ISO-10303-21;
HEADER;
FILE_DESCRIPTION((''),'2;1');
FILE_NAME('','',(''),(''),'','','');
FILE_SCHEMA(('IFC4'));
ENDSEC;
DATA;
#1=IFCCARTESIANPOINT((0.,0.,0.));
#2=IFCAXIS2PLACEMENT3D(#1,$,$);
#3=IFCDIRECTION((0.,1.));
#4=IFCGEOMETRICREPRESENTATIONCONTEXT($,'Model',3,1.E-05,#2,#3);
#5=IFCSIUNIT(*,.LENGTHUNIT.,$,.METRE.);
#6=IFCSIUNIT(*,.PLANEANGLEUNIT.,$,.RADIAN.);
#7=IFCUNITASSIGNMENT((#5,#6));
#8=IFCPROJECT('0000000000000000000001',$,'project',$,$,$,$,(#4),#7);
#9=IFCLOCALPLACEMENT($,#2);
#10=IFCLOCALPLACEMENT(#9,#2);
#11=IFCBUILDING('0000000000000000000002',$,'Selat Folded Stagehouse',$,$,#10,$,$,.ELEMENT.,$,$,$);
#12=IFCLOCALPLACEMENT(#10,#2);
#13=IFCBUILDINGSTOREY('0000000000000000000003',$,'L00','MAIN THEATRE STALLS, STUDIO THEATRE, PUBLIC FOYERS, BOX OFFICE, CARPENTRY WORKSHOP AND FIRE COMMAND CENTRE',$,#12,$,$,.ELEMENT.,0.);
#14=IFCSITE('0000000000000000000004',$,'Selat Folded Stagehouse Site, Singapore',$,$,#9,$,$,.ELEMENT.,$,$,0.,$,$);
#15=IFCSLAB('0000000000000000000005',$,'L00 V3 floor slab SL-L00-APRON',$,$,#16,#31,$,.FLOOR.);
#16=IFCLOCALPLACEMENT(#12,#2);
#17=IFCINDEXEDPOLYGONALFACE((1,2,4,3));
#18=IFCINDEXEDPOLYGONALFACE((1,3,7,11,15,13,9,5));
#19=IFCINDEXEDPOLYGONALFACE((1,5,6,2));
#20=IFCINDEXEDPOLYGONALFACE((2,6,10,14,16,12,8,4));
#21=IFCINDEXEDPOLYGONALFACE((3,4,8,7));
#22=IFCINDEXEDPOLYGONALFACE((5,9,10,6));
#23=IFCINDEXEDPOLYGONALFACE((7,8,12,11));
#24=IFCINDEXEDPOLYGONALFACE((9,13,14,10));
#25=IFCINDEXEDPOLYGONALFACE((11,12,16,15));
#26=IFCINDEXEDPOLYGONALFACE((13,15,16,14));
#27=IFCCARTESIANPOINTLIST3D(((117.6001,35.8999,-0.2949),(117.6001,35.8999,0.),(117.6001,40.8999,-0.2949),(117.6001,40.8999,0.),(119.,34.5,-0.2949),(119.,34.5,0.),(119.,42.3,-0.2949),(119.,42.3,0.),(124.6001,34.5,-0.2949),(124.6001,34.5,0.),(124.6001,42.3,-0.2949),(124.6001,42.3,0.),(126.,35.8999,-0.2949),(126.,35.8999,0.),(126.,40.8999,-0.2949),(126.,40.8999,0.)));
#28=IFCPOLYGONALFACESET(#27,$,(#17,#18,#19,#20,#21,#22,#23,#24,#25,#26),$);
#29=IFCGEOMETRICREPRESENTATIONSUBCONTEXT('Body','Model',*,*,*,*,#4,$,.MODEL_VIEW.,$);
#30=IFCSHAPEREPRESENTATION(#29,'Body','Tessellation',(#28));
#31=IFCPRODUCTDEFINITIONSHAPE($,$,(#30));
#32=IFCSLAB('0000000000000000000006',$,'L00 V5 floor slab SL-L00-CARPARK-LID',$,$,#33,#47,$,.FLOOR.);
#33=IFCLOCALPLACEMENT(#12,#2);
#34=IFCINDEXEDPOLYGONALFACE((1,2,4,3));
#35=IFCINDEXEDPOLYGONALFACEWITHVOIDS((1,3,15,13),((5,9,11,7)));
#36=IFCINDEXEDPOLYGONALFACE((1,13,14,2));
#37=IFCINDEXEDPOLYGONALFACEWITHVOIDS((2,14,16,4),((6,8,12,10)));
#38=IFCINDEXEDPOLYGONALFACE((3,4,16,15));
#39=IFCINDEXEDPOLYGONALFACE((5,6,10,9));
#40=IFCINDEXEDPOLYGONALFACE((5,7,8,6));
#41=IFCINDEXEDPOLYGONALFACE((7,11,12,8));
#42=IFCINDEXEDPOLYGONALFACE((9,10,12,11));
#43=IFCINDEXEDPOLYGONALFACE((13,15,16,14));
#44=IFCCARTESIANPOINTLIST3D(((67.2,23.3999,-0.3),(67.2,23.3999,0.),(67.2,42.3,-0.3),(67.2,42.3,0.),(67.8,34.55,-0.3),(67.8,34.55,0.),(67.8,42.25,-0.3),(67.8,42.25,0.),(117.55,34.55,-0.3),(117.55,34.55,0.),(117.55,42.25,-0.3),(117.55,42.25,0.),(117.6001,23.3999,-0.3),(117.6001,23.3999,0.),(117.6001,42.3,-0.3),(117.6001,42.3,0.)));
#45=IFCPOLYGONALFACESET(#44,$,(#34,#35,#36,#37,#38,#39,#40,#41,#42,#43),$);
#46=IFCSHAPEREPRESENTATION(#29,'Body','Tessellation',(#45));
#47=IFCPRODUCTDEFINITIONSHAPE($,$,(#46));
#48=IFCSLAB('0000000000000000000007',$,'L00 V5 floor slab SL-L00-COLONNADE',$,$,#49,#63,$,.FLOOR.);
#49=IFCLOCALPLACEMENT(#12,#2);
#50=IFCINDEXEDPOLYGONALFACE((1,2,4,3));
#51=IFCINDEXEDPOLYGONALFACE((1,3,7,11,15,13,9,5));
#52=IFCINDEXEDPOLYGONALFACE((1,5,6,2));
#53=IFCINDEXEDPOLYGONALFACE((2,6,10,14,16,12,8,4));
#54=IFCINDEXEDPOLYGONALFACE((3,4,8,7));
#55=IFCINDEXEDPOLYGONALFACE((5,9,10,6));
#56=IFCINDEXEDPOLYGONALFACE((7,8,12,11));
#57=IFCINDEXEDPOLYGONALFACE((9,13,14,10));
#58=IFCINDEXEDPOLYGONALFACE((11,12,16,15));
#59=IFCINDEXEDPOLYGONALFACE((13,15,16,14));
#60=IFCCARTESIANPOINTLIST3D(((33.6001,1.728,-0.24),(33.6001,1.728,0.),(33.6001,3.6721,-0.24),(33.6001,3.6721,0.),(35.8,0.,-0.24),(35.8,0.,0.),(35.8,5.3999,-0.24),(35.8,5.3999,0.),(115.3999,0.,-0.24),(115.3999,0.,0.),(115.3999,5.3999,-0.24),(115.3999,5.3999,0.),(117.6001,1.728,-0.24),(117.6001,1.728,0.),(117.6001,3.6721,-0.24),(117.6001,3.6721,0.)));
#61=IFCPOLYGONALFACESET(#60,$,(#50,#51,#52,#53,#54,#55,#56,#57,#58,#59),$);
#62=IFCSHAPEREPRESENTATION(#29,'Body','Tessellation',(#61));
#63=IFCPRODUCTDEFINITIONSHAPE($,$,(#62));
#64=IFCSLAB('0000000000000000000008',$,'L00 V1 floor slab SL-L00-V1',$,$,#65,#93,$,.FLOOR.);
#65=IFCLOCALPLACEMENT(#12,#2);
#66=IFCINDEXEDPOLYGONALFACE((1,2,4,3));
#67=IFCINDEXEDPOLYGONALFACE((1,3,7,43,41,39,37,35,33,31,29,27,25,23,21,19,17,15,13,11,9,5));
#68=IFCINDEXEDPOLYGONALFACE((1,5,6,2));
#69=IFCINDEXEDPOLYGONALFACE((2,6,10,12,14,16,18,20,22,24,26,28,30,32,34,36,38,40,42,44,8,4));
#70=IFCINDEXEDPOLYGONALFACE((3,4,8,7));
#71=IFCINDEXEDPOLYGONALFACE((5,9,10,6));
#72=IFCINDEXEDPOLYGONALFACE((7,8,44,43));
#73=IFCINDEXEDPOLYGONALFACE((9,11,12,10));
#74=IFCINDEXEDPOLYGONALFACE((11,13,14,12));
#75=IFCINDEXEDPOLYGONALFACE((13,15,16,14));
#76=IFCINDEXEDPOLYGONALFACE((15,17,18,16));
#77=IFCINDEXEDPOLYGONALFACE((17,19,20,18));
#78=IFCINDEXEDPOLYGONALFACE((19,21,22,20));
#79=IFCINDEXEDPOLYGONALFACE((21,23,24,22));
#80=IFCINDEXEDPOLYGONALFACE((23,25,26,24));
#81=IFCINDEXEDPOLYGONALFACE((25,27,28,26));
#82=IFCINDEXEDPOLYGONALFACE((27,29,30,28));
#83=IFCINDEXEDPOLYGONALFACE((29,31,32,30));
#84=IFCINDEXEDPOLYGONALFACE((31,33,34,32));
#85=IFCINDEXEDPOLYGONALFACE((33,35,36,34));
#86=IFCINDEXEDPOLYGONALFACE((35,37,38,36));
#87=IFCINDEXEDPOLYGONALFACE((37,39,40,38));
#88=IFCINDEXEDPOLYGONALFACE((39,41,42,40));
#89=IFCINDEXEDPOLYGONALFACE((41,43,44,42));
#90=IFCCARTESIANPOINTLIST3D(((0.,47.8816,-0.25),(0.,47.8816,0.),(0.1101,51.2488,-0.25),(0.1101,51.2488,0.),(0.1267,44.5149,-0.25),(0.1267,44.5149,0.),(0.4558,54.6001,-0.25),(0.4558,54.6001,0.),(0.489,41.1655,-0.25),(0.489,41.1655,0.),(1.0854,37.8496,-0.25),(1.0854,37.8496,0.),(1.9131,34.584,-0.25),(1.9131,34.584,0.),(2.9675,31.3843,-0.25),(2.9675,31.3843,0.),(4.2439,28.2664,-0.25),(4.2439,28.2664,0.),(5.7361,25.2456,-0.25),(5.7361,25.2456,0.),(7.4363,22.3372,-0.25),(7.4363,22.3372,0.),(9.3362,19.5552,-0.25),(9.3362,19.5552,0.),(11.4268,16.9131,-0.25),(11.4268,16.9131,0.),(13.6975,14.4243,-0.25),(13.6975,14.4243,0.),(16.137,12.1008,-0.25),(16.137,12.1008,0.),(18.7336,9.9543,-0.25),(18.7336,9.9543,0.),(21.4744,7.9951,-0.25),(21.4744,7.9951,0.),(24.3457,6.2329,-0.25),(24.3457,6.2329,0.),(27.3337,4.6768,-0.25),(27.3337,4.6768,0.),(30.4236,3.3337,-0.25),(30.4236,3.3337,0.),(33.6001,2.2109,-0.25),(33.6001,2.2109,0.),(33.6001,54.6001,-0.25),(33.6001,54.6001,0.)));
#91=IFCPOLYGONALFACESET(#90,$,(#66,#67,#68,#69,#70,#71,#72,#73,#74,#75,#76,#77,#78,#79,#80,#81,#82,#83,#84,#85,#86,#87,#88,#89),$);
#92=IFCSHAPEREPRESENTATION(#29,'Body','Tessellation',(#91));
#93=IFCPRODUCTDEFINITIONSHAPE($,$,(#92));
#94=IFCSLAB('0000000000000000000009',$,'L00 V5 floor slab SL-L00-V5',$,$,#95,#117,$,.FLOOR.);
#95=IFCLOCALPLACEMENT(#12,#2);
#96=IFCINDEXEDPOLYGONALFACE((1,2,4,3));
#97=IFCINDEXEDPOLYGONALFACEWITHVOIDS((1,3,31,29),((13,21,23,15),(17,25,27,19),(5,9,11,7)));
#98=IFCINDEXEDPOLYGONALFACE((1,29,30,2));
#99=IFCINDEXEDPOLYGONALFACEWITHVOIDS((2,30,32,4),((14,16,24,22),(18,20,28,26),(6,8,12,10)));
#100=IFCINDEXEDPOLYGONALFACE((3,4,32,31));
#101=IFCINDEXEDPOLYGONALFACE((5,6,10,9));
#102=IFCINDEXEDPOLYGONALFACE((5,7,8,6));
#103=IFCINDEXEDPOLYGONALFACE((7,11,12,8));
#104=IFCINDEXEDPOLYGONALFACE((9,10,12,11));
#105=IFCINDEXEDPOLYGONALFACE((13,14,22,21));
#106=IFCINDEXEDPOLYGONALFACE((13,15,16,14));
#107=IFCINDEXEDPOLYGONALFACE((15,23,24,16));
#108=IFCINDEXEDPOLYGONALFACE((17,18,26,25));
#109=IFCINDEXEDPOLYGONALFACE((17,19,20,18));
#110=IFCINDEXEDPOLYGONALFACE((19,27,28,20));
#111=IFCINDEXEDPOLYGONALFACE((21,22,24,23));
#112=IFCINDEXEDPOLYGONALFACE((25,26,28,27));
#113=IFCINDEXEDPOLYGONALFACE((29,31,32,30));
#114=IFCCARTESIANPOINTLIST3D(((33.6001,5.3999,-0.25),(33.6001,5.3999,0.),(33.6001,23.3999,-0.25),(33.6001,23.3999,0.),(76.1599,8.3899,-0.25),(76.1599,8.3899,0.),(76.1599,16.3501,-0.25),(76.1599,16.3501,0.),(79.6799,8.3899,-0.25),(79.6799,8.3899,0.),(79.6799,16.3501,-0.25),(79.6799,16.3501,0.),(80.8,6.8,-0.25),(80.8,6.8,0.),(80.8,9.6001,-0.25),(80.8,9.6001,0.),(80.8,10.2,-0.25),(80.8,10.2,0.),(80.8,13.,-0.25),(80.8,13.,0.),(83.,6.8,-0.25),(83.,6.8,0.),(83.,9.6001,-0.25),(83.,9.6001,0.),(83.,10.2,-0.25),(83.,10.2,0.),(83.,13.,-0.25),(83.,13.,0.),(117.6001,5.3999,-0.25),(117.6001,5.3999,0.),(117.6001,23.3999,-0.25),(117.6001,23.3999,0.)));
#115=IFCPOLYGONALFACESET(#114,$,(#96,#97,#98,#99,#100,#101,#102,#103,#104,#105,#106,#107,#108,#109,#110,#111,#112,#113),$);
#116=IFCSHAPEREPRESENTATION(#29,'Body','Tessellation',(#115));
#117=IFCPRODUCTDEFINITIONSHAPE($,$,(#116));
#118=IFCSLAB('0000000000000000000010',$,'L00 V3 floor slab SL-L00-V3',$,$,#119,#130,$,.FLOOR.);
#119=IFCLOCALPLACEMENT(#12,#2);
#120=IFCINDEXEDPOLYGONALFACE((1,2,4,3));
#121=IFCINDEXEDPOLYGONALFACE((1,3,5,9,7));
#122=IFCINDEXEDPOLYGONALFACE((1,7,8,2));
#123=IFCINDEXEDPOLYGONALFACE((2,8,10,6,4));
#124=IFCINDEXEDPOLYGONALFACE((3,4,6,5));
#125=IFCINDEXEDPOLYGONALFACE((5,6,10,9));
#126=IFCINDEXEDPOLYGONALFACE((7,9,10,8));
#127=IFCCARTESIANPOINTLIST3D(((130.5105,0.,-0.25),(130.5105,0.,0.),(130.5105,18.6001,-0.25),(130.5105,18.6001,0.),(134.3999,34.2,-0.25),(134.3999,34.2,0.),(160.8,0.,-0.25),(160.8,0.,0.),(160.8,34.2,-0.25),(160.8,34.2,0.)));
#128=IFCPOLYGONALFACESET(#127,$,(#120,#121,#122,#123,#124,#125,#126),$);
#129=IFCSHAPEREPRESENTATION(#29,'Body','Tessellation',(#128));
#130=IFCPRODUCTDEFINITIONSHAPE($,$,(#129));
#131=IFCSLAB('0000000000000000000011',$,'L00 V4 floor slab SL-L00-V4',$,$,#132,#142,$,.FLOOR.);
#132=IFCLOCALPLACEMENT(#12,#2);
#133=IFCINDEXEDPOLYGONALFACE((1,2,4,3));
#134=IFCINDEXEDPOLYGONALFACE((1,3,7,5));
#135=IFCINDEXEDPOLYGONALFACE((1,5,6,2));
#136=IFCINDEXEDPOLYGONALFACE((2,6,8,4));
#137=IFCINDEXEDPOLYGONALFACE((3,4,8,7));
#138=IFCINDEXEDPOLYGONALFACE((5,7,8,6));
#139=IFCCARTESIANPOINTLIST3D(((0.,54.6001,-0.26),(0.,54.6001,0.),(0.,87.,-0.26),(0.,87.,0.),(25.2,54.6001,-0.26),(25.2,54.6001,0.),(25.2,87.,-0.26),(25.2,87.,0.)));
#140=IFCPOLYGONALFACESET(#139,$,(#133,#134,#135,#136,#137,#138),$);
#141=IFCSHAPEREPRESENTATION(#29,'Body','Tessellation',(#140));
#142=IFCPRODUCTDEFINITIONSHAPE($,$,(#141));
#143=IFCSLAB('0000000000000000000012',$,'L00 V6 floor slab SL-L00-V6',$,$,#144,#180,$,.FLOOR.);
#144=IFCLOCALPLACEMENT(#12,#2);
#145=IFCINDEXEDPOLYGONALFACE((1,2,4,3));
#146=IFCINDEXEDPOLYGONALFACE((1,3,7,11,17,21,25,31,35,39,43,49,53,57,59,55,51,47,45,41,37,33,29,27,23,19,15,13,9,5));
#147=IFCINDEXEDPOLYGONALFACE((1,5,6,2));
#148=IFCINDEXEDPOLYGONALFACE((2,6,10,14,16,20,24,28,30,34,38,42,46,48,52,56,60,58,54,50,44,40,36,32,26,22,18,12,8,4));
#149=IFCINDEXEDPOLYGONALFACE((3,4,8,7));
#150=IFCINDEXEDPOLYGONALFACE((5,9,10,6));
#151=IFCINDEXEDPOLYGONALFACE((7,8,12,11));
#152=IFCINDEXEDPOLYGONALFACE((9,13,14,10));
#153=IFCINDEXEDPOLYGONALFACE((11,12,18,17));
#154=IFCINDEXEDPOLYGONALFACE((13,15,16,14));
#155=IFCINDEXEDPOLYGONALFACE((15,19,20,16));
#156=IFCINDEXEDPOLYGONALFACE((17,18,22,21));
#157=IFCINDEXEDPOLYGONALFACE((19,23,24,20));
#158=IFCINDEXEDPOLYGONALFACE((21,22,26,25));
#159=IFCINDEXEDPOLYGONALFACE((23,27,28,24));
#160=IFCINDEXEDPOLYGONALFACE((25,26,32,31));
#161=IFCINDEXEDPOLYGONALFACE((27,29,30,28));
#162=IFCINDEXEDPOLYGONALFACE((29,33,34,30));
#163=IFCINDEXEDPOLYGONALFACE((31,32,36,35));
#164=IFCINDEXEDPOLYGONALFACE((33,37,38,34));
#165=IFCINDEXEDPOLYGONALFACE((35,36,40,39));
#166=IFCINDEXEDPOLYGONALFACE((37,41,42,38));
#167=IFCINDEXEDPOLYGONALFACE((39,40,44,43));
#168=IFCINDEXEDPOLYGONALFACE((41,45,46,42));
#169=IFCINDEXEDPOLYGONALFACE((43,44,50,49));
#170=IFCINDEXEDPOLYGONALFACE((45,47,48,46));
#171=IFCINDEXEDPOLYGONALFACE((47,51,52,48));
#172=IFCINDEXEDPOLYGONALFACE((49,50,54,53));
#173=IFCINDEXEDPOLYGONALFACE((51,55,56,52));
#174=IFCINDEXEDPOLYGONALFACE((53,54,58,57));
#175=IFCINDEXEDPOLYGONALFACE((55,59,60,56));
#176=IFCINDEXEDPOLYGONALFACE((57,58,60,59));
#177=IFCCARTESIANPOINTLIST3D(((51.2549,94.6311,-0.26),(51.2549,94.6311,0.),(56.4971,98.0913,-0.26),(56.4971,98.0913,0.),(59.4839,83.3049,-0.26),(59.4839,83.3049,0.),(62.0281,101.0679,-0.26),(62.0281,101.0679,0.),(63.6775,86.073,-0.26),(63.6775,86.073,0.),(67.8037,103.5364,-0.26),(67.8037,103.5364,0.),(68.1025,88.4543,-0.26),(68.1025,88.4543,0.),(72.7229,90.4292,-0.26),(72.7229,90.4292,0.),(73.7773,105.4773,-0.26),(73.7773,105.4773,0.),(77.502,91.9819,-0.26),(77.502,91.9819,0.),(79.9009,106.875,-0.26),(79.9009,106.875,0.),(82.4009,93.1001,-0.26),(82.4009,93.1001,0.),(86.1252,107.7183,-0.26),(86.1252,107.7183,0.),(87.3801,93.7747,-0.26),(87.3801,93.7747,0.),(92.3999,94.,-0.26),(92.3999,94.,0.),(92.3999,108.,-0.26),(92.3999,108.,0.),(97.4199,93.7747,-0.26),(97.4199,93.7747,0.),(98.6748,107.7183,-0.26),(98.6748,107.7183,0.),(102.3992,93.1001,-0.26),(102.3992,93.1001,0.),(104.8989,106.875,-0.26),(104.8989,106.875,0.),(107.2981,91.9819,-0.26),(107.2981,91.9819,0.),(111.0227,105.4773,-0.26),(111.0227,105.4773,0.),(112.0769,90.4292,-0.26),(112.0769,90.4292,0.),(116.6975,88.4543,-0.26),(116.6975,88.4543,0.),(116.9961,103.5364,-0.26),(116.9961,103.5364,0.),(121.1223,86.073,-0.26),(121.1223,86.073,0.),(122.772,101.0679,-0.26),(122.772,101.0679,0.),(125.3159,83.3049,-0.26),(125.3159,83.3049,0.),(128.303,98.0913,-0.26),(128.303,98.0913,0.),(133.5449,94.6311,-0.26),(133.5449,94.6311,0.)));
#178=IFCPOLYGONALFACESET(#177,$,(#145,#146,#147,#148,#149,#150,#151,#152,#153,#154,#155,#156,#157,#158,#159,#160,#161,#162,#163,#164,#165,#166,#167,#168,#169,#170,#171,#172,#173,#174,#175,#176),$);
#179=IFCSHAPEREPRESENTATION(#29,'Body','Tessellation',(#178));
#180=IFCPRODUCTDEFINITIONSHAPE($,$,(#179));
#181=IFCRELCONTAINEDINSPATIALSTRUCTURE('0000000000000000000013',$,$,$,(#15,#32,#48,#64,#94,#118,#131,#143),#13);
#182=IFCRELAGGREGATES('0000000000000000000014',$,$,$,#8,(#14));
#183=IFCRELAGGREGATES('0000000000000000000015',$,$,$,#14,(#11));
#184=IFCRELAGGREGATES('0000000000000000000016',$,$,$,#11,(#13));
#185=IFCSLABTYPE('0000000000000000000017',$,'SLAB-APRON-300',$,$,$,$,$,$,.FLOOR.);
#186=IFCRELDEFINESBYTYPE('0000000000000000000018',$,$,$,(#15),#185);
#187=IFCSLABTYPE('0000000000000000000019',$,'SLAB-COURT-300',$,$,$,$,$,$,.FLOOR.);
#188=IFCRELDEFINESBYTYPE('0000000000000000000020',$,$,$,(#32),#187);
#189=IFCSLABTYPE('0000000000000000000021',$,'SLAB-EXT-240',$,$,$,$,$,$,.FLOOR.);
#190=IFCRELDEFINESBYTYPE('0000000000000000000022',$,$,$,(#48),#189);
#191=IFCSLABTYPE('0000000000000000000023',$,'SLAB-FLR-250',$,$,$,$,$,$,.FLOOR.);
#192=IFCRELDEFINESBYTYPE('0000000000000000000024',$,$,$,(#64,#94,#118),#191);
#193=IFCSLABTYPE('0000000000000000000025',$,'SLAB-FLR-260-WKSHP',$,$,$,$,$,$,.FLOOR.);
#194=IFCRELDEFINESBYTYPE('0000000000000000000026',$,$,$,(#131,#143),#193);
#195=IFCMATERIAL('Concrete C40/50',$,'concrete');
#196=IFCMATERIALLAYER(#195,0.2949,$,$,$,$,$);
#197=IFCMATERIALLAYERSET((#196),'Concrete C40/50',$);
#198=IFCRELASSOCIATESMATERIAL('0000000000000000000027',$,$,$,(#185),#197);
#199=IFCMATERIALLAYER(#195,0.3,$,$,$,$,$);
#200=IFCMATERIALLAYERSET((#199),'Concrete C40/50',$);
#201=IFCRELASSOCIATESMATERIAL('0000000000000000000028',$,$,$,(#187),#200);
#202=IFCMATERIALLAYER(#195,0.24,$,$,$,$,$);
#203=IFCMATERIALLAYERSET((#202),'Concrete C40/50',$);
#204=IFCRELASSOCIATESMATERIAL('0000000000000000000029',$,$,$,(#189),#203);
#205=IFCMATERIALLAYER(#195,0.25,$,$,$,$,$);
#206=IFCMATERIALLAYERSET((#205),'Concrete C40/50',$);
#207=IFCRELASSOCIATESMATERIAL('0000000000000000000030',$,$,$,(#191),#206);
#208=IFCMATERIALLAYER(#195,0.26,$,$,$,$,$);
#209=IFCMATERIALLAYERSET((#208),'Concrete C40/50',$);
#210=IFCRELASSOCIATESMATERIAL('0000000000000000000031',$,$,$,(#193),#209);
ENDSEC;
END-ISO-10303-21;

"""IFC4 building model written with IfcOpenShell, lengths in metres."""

from ifc_helpers import new_model, si_unit, direction, frame, origin, place, context, subcontext, project, spatial, polyline, outline, extrude, material, layer, layer_set, type_object, element, save


model = new_model("IFC4")

# Units and contexts
model_context = context("Model", 3, precision=1e-05, world=origin(), true_north=direction((0.0, 1.0)))
body_context = subcontext(model_context, "Body", "Model", "MODEL_VIEW")
ifc_project = project(units=[si_unit("LENGTHUNIT", "METRE"), si_unit("PLANEANGLEUNIT", "RADIAN")], contexts=[model_context])

# Site, building, storey
site_placement = place(None, origin())
site = spatial("IfcSite", under=ifc_project, at=site_placement, Name="Selat Folded Stagehouse Site, Singapore", CompositionType="ELEMENT", RefElevation=0.0)
building_placement = place(site_placement, origin())
building = spatial("IfcBuilding", under=site, at=building_placement, Name="Selat Folded Stagehouse", CompositionType="ELEMENT")
storey_placement = place(building_placement, origin())
storey = spatial("IfcBuildingStorey", under=building, at=storey_placement, Name="L00", Description="MAIN THEATRE STALLS, STUDIO THEATRE, PUBLIC FOYERS, BOX OFFICE, CARPENTRY WORKSHOP AND FIRE COMMAND CENTRE", CompositionType="ELEMENT", Elevation=0.0)

# Slabs
ifc_material_1 = material(Name="Concrete C40/50", Category="concrete")
ifc_layer_1 = layer(ifc_material_1, 0.2949)
ifc_layer_set_1 = layer_set([ifc_layer_1], Name="Concrete C40/50")
slab_type_1 = type_object("IfcSlabType", Name="SLAB-APRON-300", PredefinedType="FLOOR", material=ifc_layer_set_1)
slab_1_placement = place(storey_placement, frame((0.0, 0.0, -0.2949)))
element("IfcSlab", 1, at=slab_1_placement, inside=storey, type_object=slab_type_1, Name="L00 V3 floor slab SL-L00-APRON", PredefinedType="FLOOR", context=body_context, shape_type="SweptSolid", body=[
    extrude(outline(polyline([(119.0, 34.5), (124.6001, 34.5), (126.0, 35.8999), (126.0, 40.8999), (124.6001, 42.3), (119.0, 42.3), (117.6001, 40.8999), (117.6001, 35.8999), (119.0, 34.5)])), origin(), (0.0, 0.0, 1.0), 0.2949),
])
ifc_layer_2 = layer(ifc_material_1, 0.3)
ifc_layer_set_2 = layer_set([ifc_layer_2], Name="Concrete C40/50")
slab_type_2 = type_object("IfcSlabType", Name="SLAB-COURT-300", PredefinedType="FLOOR", material=ifc_layer_set_2)
slab_2_placement = place(storey_placement, frame((0.0, 0.0, -0.3)))
element("IfcSlab", 2, at=slab_2_placement, inside=storey, type_object=slab_type_2, Name="L00 V5 floor slab SL-L00-CARPARK-LID", PredefinedType="FLOOR", context=body_context, shape_type="SweptSolid", body=[
    extrude(outline(polyline([(67.2, 23.3999), (117.6001, 23.3999), (117.6001, 42.3), (67.2, 42.3), (67.2, 23.3999)]), holes=[polyline([(67.8, 42.25), (117.55, 42.25), (117.55, 34.55), (67.8, 34.55), (67.8, 42.25)])]), origin(), (0.0, 0.0, 1.0), 0.3),
])
ifc_layer_3 = layer(ifc_material_1, 0.24)
ifc_layer_set_3 = layer_set([ifc_layer_3], Name="Concrete C40/50")
slab_type_3 = type_object("IfcSlabType", Name="SLAB-EXT-240", PredefinedType="FLOOR", material=ifc_layer_set_3)
slab_3_placement = place(storey_placement, frame((0.0, 0.0, -0.24)))
element("IfcSlab", 3, at=slab_3_placement, inside=storey, type_object=slab_type_3, Name="L00 V5 floor slab SL-L00-COLONNADE", PredefinedType="FLOOR", context=body_context, shape_type="SweptSolid", body=[
    extrude(outline(polyline([(35.8, 0.0), (115.3999, 0.0), (117.6001, 1.728), (117.6001, 3.6721), (115.3999, 5.3999), (35.8, 5.3999), (33.6001, 3.6721), (33.6001, 1.728), (35.8, 0.0)])), origin(), (0.0, 0.0, 1.0), 0.24),
])
ifc_layer_4 = layer(ifc_material_1, 0.25)
ifc_layer_set_4 = layer_set([ifc_layer_4], Name="Concrete C40/50")
slab_type_4 = type_object("IfcSlabType", Name="SLAB-FLR-250", PredefinedType="FLOOR", material=ifc_layer_set_4)
slab_4_placement = place(storey_placement, frame((0.0, 0.0, -0.25)))
element("IfcSlab", 4, at=slab_4_placement, inside=storey, type_object=slab_type_4, Name="L00 V1 floor slab SL-L00-V1", PredefinedType="FLOOR", context=body_context, shape_type="SweptSolid", body=[
    extrude(outline(polyline([(0.4558, 54.6001), (0.1101, 51.2488), (0.0, 47.8816), (0.1267, 44.5149), (0.489, 41.1655), (1.0854, 37.8496), (1.9131, 34.584), (2.9675, 31.3843), (4.2439, 28.2664), (5.7361, 25.2456), (7.4363, 22.3372), (9.3362, 19.5552), (11.4268, 16.9131), (13.6975, 14.4243), (16.137, 12.1008), (18.7336, 9.9543), (21.4744, 7.9951), (24.3457, 6.2329), (27.3337, 4.6768), (30.4236, 3.3337), (33.6001, 2.2109), (33.6001, 54.6001), (0.4558, 54.6001)])), origin(), (0.0, 0.0, 1.0), 0.25),
])
slab_5_placement = place(storey_placement, frame((0.0, 0.0, -0.25)))
element("IfcSlab", 5, at=slab_5_placement, inside=storey, type_object=slab_type_4, Name="L00 V5 floor slab SL-L00-V5", PredefinedType="FLOOR", context=body_context, shape_type="SweptSolid", body=[
    extrude(outline(polyline([(33.6001, 5.3999), (117.6001, 5.3999), (117.6001, 23.3999), (33.6001, 23.3999), (33.6001, 5.3999)]), holes=[polyline([(83.0, 6.8), (80.8, 6.8), (80.8, 9.6001), (83.0, 9.6001), (83.0, 6.8)]), polyline([(80.8, 10.2), (80.8, 13.0), (83.0, 13.0), (83.0, 10.2), (80.8, 10.2)]), polyline([(76.1599, 8.3899), (76.1599, 16.3501), (79.6799, 16.3501), (79.6799, 8.3899), (76.1599, 8.3899)])]), origin(), (0.0, 0.0, 1.0), 0.25),
])
slab_6_placement = place(storey_placement, frame((0.0, 0.0, -0.25)))
element("IfcSlab", 6, at=slab_6_placement, inside=storey, type_object=slab_type_4, Name="L00 V3 floor slab SL-L00-V3", PredefinedType="FLOOR", context=body_context, shape_type="SweptSolid", body=[
    extrude(outline(polyline([(130.5105, 0.0), (160.8, 0.0), (160.8, 34.2), (134.3999, 34.2), (130.5105, 18.6001), (130.5105, 0.0)])), origin(), (0.0, 0.0, 1.0), 0.25),
])
ifc_layer_5 = layer(ifc_material_1, 0.26)
ifc_layer_set_5 = layer_set([ifc_layer_5], Name="Concrete C40/50")
slab_type_5 = type_object("IfcSlabType", Name="SLAB-FLR-260-WKSHP", PredefinedType="FLOOR", material=ifc_layer_set_5)
slab_7_placement = place(storey_placement, frame((0.0, 0.0, -0.26)))
element("IfcSlab", 7, at=slab_7_placement, inside=storey, type_object=slab_type_5, Name="L00 V4 floor slab SL-L00-V4", PredefinedType="FLOOR", context=body_context, shape_type="SweptSolid", body=[
    extrude(outline(polyline([(0.0, 54.6001), (25.2, 54.6001), (25.2, 87.0), (0.0, 87.0), (0.0, 54.6001)])), origin(), (0.0, 0.0, 1.0), 0.26),
])
slab_8_placement = place(storey_placement, frame((0.0, 0.0, -0.26)))
element("IfcSlab", 8, at=slab_8_placement, inside=storey, type_object=slab_type_5, Name="L00 V6 floor slab SL-L00-V6", PredefinedType="FLOOR", context=body_context, shape_type="SweptSolid", body=[
    extrude(outline(polyline([(59.4839, 83.3049), (63.6775, 86.073), (68.1025, 88.4543), (72.7229, 90.4292), (77.502, 91.9819), (82.4009, 93.1001), (87.3801, 93.7747), (92.3999, 94.0), (97.4199, 93.7747), (102.3992, 93.1001), (107.2981, 91.9819), (112.0769, 90.4292), (116.6975, 88.4543), (121.1223, 86.073), (125.3159, 83.3049), (133.5449, 94.6311), (128.303, 98.0913), (122.772, 101.0679), (116.9961, 103.5364), (111.0227, 105.4773), (104.8989, 106.875), (98.6748, 107.7183), (92.3999, 108.0), (86.1252, 107.7183), (79.9009, 106.875), (73.7773, 105.4773), (67.8037, 103.5364), (62.0281, 101.0679), (56.4971, 98.0913), (51.2549, 94.6311), (59.4839, 83.3049)])), origin(), (0.0, 0.0, 1.0), 0.26),
])

save(model, "model.ifc")
